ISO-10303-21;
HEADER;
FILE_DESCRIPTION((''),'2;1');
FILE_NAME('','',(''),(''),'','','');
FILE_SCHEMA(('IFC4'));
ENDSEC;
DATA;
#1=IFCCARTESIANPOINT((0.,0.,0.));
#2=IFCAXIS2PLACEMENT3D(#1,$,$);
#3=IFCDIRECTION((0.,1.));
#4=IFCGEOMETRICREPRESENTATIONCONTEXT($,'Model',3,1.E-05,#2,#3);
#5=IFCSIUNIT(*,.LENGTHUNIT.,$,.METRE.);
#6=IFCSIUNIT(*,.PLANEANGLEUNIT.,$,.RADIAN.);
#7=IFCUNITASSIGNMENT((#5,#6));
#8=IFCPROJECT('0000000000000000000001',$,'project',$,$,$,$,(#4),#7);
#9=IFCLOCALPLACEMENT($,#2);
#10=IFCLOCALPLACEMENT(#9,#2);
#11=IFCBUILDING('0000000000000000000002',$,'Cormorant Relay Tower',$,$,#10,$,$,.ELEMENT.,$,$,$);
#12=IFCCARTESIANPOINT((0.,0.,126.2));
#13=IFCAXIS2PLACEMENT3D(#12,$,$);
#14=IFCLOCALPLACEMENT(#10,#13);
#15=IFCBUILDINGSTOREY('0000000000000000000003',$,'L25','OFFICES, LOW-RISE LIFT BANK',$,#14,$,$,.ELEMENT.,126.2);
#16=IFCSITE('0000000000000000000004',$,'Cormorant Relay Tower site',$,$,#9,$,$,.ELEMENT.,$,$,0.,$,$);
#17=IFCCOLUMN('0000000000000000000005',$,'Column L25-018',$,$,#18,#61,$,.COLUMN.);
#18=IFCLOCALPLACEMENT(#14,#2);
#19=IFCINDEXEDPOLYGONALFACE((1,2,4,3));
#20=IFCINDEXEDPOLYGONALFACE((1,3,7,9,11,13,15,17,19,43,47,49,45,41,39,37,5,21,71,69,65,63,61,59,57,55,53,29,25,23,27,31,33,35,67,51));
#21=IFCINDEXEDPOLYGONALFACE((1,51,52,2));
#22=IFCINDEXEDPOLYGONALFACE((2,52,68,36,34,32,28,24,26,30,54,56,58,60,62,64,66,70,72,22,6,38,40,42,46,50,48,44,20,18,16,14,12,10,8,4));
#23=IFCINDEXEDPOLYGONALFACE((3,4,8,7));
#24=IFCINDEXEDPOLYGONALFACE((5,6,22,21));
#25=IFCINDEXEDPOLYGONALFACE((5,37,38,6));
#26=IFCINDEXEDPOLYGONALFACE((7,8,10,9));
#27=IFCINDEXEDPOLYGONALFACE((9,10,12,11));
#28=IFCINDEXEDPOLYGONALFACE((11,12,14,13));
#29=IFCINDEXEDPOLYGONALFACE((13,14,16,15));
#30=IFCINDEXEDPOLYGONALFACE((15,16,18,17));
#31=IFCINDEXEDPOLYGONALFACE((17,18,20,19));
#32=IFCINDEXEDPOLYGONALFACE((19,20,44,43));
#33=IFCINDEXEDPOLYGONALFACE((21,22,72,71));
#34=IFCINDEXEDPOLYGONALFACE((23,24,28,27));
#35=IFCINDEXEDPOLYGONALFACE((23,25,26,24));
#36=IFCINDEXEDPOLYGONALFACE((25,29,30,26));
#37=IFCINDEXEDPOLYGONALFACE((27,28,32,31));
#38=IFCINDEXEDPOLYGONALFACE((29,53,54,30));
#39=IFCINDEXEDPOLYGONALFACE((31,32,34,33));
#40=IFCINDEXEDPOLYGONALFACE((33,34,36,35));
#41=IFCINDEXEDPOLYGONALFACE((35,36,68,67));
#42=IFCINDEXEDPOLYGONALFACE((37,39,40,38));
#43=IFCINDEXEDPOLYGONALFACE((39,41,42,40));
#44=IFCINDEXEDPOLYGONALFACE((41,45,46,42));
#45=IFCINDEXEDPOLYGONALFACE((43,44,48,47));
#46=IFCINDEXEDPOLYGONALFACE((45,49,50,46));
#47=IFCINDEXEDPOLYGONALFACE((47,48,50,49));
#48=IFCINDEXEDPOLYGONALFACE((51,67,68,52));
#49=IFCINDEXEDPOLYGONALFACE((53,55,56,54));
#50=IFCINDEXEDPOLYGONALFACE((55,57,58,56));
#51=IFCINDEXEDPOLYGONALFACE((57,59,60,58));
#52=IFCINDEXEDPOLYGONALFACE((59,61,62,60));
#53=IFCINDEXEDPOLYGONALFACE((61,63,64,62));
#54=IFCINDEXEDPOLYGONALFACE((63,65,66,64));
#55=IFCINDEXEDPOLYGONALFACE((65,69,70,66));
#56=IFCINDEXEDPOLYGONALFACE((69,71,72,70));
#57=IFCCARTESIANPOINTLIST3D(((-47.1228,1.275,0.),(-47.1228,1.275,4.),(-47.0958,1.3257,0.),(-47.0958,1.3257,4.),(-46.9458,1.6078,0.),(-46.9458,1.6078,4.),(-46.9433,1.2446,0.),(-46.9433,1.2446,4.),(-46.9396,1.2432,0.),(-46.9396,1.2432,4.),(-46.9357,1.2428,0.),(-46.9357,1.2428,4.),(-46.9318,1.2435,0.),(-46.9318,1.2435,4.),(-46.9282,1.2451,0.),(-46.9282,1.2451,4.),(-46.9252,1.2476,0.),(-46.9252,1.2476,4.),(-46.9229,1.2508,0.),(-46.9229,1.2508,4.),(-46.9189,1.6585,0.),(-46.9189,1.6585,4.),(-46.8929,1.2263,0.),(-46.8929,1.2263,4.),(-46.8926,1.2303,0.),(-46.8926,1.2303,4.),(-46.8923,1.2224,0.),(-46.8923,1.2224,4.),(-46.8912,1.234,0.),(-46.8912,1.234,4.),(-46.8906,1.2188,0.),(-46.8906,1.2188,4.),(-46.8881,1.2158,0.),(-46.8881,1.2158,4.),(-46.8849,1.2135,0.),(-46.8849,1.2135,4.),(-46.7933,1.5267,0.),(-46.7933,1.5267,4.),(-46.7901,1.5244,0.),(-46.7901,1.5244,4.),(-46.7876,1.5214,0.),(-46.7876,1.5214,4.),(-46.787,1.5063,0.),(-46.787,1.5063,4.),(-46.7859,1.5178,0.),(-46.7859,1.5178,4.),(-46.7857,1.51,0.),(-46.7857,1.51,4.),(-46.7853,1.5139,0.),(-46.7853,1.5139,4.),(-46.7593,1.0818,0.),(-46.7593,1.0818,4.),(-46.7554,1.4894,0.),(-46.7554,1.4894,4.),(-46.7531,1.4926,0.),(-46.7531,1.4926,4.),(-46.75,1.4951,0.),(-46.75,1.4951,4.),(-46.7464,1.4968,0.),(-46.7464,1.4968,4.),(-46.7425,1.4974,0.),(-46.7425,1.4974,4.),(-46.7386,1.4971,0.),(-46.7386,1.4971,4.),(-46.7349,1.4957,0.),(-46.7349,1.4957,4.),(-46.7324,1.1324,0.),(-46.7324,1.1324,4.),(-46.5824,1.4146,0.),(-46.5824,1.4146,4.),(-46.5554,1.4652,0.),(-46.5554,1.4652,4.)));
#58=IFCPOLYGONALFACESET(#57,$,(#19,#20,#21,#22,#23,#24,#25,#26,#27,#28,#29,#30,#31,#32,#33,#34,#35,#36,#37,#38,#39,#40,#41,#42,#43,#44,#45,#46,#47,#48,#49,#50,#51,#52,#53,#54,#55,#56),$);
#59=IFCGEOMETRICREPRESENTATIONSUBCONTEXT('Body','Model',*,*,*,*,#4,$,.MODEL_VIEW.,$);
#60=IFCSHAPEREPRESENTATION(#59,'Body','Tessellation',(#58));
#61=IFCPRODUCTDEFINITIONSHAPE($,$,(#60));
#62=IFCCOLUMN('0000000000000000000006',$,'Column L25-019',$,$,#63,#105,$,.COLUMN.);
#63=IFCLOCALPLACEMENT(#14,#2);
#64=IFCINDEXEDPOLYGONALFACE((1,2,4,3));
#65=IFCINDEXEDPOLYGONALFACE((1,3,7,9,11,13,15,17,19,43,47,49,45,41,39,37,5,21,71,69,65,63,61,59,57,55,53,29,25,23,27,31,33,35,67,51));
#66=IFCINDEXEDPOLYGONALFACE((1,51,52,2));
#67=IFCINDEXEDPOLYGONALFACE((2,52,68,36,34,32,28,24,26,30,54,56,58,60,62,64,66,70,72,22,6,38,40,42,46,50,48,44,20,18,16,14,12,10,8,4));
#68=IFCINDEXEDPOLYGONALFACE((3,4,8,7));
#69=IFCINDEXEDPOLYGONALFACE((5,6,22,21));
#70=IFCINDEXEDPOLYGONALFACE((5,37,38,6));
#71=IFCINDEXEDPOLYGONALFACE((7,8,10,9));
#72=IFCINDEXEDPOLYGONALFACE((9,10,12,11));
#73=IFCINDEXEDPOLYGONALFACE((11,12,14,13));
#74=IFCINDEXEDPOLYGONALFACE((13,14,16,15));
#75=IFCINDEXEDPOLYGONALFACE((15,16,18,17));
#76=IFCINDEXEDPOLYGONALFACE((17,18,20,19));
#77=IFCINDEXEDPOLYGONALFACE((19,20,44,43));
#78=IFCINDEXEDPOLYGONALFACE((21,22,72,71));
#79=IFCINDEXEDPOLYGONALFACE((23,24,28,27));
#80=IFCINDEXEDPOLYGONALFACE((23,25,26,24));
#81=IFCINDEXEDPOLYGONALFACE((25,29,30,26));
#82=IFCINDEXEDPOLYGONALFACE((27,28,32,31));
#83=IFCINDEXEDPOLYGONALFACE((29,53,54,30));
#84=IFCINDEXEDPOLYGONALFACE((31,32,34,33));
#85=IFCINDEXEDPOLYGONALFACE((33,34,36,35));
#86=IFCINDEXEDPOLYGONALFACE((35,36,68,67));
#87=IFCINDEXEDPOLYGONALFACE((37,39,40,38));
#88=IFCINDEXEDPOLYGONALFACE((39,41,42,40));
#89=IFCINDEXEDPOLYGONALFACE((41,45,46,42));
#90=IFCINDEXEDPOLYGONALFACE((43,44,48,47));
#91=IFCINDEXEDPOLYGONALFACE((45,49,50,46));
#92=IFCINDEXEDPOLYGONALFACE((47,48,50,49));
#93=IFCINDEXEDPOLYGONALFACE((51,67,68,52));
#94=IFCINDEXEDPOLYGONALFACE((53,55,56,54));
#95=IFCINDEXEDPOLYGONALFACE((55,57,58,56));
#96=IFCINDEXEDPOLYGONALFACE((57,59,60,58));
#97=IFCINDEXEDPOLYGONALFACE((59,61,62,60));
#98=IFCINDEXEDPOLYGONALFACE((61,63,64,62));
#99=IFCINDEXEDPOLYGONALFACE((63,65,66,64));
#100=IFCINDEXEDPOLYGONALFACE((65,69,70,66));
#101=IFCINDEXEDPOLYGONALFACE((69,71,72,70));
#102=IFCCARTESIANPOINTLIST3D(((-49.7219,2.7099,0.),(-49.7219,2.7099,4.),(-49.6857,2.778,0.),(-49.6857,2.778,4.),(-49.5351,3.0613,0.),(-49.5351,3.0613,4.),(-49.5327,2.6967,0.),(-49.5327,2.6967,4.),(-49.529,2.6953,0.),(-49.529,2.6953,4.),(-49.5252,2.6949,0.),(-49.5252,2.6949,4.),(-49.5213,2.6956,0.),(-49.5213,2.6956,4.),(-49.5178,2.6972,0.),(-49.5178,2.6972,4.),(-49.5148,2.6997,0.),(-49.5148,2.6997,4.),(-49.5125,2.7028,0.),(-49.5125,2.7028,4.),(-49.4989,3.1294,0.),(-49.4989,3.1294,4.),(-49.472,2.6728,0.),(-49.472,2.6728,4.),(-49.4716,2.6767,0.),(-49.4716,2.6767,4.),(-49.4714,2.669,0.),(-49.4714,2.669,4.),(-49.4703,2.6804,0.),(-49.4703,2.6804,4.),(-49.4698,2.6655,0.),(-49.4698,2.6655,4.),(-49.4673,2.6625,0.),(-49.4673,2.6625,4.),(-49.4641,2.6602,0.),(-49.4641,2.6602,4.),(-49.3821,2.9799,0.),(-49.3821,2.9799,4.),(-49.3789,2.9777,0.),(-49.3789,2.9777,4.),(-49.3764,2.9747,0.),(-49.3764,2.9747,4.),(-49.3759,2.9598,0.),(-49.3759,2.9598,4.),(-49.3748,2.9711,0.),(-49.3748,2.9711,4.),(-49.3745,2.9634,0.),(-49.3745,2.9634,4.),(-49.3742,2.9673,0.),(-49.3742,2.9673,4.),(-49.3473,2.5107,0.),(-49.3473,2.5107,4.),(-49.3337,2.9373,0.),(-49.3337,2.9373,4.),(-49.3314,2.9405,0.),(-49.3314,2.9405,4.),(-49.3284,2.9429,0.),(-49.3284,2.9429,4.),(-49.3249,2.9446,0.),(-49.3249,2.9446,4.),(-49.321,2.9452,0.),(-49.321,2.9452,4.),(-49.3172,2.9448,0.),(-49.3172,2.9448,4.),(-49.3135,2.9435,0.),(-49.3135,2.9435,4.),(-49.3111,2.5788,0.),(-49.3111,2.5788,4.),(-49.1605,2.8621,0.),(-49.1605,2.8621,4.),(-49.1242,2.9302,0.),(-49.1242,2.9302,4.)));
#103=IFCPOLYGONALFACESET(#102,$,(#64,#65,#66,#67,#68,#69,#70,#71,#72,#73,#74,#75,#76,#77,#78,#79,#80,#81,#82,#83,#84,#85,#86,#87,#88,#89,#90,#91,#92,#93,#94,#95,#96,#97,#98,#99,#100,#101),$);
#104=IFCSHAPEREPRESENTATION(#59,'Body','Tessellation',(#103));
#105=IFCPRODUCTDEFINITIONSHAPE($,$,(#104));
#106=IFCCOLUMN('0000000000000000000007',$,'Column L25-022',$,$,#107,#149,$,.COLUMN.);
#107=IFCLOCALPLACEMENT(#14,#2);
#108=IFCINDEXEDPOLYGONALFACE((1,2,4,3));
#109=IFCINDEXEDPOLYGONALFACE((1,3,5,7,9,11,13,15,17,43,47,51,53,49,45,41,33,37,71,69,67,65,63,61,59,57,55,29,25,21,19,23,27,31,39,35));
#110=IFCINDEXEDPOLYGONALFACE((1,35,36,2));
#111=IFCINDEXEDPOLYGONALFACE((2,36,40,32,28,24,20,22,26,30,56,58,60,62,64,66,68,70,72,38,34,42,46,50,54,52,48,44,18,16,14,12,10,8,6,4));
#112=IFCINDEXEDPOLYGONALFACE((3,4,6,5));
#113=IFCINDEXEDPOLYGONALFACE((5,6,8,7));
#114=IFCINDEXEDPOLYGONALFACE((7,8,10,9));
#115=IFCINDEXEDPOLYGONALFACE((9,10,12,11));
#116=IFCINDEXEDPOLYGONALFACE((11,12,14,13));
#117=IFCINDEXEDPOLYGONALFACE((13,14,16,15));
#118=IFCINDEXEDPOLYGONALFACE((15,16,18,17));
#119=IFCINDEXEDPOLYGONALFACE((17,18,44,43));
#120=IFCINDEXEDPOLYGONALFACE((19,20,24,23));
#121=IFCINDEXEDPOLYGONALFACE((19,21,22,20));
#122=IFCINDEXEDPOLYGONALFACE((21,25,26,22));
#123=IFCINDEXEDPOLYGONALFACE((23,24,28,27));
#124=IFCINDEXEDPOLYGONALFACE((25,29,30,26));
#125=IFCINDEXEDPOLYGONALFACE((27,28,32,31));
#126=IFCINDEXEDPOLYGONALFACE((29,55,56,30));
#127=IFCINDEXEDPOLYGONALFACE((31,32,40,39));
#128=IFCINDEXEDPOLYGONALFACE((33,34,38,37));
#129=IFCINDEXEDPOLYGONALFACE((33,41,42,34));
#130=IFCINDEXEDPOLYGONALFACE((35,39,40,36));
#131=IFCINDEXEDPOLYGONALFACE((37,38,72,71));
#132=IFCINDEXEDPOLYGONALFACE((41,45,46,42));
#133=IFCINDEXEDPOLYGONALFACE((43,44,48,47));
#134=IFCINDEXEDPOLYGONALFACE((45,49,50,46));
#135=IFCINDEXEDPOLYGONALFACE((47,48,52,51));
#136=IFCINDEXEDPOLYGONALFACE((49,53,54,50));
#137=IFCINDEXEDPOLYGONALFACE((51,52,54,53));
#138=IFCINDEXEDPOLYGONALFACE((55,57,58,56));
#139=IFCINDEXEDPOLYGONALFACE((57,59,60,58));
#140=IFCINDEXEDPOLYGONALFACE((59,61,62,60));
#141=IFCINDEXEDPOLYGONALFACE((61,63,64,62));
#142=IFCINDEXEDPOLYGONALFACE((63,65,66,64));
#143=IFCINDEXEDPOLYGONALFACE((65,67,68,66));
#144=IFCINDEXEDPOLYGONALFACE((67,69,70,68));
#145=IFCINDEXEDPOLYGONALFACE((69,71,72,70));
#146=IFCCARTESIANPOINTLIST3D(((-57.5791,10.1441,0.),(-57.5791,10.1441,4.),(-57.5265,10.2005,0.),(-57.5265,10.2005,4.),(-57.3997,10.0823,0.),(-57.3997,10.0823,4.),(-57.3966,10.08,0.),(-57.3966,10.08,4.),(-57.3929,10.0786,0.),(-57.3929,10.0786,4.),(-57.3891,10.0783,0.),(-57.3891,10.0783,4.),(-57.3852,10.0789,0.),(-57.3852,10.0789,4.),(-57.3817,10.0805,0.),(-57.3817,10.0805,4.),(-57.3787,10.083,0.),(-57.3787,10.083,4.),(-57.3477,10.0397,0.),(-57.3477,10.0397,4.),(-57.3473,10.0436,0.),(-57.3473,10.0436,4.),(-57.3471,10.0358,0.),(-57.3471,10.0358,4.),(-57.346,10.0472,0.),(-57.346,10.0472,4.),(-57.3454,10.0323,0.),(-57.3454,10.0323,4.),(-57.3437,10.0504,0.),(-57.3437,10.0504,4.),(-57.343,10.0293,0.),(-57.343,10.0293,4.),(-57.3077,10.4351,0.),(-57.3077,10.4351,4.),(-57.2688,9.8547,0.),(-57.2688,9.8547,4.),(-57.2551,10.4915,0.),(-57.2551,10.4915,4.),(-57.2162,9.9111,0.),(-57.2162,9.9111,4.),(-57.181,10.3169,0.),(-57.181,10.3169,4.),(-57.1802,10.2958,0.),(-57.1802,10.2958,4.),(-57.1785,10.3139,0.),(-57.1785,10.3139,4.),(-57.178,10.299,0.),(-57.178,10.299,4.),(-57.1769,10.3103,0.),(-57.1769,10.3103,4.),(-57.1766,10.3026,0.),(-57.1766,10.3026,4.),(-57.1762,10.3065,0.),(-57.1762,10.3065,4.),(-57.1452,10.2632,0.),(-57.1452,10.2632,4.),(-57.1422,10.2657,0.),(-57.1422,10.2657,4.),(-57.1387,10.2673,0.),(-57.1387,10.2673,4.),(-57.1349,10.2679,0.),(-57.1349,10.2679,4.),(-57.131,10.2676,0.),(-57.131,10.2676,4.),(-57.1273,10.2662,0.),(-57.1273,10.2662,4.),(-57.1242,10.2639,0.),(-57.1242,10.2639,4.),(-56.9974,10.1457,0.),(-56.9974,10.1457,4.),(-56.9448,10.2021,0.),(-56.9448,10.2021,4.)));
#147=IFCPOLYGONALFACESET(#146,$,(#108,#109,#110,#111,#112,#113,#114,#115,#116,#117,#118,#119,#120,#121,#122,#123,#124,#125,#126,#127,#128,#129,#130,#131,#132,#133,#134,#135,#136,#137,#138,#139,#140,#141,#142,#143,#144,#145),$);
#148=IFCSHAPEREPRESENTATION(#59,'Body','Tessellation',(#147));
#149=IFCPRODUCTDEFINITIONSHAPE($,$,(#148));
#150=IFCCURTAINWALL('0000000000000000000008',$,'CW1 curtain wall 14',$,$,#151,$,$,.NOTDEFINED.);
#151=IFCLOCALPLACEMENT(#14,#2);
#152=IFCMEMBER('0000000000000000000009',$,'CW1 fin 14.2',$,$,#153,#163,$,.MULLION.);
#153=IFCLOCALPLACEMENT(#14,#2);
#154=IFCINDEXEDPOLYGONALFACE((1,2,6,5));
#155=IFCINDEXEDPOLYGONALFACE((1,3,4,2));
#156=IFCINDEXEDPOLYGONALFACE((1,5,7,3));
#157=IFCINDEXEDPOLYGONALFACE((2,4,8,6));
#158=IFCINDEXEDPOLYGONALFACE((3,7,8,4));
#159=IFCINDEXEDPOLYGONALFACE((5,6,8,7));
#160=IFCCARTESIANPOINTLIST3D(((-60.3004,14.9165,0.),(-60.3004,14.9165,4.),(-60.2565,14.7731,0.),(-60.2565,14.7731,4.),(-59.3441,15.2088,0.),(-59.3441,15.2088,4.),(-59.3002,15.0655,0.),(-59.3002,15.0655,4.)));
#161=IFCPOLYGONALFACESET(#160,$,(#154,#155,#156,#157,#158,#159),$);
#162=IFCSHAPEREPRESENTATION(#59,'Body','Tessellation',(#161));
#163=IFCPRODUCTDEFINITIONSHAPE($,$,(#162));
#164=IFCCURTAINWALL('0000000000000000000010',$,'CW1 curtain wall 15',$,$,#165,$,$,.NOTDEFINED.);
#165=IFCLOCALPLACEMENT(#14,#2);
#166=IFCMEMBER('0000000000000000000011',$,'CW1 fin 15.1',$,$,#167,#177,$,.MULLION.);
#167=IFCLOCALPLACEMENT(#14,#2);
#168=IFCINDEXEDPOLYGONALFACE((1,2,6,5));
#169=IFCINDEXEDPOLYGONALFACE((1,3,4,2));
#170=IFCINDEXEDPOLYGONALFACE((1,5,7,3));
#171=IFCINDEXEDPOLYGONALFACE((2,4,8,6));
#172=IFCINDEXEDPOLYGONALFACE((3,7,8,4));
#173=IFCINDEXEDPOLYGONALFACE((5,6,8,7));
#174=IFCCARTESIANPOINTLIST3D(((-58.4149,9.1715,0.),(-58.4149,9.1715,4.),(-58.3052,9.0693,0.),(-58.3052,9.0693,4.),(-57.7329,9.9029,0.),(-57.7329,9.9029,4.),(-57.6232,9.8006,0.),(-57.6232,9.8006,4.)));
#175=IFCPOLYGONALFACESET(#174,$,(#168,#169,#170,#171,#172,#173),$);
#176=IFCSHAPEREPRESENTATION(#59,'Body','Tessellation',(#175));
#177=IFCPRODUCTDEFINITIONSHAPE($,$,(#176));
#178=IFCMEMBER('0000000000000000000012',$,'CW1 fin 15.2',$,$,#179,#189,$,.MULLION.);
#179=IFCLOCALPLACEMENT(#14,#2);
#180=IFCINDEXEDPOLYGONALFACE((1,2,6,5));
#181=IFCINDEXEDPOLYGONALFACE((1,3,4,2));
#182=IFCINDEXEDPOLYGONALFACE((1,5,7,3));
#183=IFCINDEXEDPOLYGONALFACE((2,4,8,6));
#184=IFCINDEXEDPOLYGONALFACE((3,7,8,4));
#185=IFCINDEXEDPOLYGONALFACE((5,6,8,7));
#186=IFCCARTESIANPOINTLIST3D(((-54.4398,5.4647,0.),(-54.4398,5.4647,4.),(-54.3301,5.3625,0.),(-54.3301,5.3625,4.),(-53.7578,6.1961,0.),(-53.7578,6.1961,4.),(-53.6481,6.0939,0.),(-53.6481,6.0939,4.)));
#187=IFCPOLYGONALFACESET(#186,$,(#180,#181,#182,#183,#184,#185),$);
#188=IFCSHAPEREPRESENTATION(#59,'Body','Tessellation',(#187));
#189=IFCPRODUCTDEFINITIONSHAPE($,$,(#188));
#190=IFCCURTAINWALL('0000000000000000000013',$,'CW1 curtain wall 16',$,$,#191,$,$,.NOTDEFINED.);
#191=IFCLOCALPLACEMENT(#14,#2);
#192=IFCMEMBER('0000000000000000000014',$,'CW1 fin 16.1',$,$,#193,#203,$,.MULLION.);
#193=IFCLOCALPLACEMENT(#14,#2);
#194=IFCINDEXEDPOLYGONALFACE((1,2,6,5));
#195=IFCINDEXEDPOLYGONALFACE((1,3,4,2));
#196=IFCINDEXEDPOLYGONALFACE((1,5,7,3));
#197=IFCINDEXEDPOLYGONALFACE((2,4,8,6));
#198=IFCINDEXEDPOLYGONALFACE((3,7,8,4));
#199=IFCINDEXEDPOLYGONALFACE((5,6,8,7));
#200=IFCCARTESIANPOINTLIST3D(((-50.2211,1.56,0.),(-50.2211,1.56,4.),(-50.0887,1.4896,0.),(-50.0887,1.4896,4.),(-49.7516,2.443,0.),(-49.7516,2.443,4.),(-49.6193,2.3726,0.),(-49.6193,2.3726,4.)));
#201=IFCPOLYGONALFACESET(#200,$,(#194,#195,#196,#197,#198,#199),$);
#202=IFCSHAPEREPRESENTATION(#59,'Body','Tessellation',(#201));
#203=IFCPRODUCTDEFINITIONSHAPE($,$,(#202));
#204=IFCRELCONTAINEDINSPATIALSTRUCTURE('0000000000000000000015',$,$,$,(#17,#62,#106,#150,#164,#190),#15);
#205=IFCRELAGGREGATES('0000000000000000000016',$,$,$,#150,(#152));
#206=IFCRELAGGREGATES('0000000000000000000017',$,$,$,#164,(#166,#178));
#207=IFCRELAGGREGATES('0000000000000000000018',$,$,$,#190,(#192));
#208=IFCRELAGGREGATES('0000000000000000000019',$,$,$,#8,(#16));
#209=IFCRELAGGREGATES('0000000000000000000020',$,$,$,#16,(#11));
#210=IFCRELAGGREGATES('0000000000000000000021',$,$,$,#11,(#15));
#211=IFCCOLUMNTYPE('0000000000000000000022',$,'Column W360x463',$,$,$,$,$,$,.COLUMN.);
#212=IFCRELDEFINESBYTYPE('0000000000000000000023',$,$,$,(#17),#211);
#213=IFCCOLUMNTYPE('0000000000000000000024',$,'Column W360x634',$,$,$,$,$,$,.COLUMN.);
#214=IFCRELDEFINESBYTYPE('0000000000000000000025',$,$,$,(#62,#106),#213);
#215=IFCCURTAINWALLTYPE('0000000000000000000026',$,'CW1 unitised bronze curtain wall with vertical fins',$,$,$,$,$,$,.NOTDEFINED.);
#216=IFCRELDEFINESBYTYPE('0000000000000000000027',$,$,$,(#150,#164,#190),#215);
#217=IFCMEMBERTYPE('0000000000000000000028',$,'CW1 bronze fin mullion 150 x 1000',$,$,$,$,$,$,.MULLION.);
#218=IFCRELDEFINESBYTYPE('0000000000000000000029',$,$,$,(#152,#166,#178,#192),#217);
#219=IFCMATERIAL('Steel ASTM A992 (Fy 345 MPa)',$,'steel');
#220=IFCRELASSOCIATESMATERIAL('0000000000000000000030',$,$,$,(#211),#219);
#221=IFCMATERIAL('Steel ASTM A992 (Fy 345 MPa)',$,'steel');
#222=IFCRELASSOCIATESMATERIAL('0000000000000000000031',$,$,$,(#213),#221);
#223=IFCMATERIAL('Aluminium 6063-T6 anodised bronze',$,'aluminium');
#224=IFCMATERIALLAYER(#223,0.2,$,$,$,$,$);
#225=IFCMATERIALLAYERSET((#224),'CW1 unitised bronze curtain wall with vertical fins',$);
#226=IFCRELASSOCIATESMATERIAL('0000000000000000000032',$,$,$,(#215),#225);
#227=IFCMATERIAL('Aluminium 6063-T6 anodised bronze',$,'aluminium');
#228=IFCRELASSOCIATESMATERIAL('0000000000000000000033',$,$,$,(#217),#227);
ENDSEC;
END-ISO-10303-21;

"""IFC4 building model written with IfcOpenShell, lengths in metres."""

from ifc_helpers import new_model, si_unit, direction, frame, origin, origin_2d, place, context, subcontext, project, spatial, rectangle, i_section, extrude, material, layer, layer_set, material_profile, profile_set, type_object, element, aggregate, save


model = new_model("IFC4")

# Units and contexts
model_context = context("Model", 3, precision=1e-05, world=origin(), true_north=direction((0.0, 1.0)))
body_context = subcontext(model_context, "Body", "Model", "MODEL_VIEW")
ifc_project = project(units=[si_unit("LENGTHUNIT", "METRE"), si_unit("PLANEANGLEUNIT", "RADIAN")], contexts=[model_context])

# Site, building, storey
site_placement = place(None, origin())
site = spatial("IfcSite", under=ifc_project, at=site_placement, Name="Cormorant Relay Tower site", CompositionType="ELEMENT", RefElevation=0.0)
building_placement = place(site_placement, origin())
building = spatial("IfcBuilding", under=site, at=building_placement, Name="Cormorant Relay Tower", CompositionType="ELEMENT")
storey_placement = place(building_placement, frame((0.0, 0.0, 126.2)))
storey = spatial("IfcBuildingStorey", under=building, at=storey_placement, Name="L25", Description="OFFICES, LOW-RISE LIFT BANK", CompositionType="ELEMENT", Elevation=126.2)

# Columns
ifc_material_1 = material(Name="Steel ASTM A992 (Fy 345 MPa)", Category="steel")
ifc_material_profile_1 = material_profile(ifc_material_1, i_section(OverallWidth=0.4116, OverallDepth=0.4343, WebThickness=0.0359, FlangeThickness=0.0574, FilletRadius=0.0151, at=origin_2d()), Name="W360x463")
ifc_profile_set_1 = profile_set([ifc_material_profile_1], Name="Steel ASTM A992 (Fy 345 MPa)")
column_type_1 = type_object("IfcColumnType", Name="Column W360x463", PredefinedType="COLUMN", material=ifc_profile_set_1)
column_placement = place(storey_placement, frame((-46.8391, 1.3701, 0.0), z_axis=(0.0, 0.0, 1.0), x_axis=(0.882948, -0.469472, 0.0)))
element("IfcColumn", 1, at=column_placement, inside=storey, type_object=column_type_1, Name="Column L25-018", PredefinedType="COLUMN", context=body_context, shape_type="SweptSolid", body=[
    extrude(i_section(OverallWidth=0.4116, OverallDepth=0.4343, WebThickness=0.0359, FlangeThickness=0.0574, FilletRadius=0.0151, at=origin_2d()), origin(), (0.0, 0.0, 1.0), 4.0),
])
ifc_material_2 = material(Name="Steel ASTM A992 (Fy 345 MPa)", Category="steel")
ifc_material_profile_2 = material_profile(ifc_material_2, i_section(OverallWidth=0.4243, OverallDepth=0.4751, WebThickness=0.0479, FlangeThickness=0.0771, FilletRadius=0.0149, at=origin_2d()), Name="W360x634")
ifc_profile_set_2 = profile_set([ifc_material_profile_2], Name="Steel ASTM A992 (Fy 345 MPa)")
column_type_2 = type_object("IfcColumnType", Name="Column W360x634", PredefinedType="COLUMN", material=ifc_profile_set_2)
for number, where, z_axis, x_axis, name in (
    (2, (-49.4231, 2.8201, 0.0), (0.0, 0.0, 1.0), (0.882948, -0.469472, 0.0), "Column L25-019"),
    (3, (-57.262, 10.1731, 0.0), (0.0, 0.0, 1.0), (0.731354, -0.681998, 0.0), "Column L25-022"),
):
    element("IfcColumn", number, at=place(storey_placement, frame(where, z_axis=z_axis, x_axis=x_axis)), inside=storey, type_object=column_type_2, Name=name, PredefinedType="COLUMN", context=body_context, shape_type="SweptSolid", body=[
        extrude(i_section(OverallWidth=0.4243, OverallDepth=0.4751, WebThickness=0.0479, FlangeThickness=0.0771, FilletRadius=0.0149, at=origin_2d()), origin(), (0.0, 0.0, 1.0), 4.0),
    ])

# Curtain wall, member
ifc_material_3 = material(Name="Aluminium 6063-T6 anodised bronze", Category="aluminium")
ifc_layer_1 = layer(ifc_material_3, 0.2)
ifc_layer_set_1 = layer_set([ifc_layer_1], Name="CW1 unitised bronze curtain wall with vertical fins")
curtain_wall_type = type_object("IfcCurtainWallType", Name="CW1 unitised bronze curtain wall with vertical fins", PredefinedType="NOTDEFINED", material=ifc_layer_set_1)
curtain_wall_1_placement = place(storey_placement, origin())
curtain_wall_1 = element("IfcCurtainWall", 4, at=curtain_wall_1_placement, inside=storey, type_object=curtain_wall_type, Name="CW1 curtain wall 14", PredefinedType="NOTDEFINED")
ifc_material_4 = material(Name="Aluminium 6063-T6 anodised bronze", Category="aluminium")
ifc_material_profile_3 = material_profile(ifc_material_4, rectangle(XDim=0.1499, YDim=1.0, at=origin_2d()), Name="AL 150x1000")
ifc_profile_set_3 = profile_set([ifc_material_profile_3], Name="Aluminium 6063-T6 anodised bronze")
member_type_1 = type_object("IfcMemberType", Name="CW1 bronze fin mullion 150 x 1000", PredefinedType="MULLION", material=ifc_profile_set_3)
member_1_placement = place(storey_placement, frame((-59.8003, 14.991, 0.0), z_axis=(0.0, 0.0, 1.0), x_axis=(0.292372, -0.956305, 0.0)))
member_1 = element("IfcMember", 5, at=member_1_placement, type_object=member_type_1, Name="CW1 fin 14.2", PredefinedType="MULLION", context=body_context, shape_type="SweptSolid", body=[
    extrude(rectangle(XDim=0.1499, YDim=1.0, at=origin_2d()), origin(), (0.0, 0.0, 1.0), 4.0),
])

# Curtain wall, members
curtain_wall_2_placement = place(storey_placement, origin())
curtain_wall_2 = element("IfcCurtainWall", 6, at=curtain_wall_2_placement, inside=storey, type_object=curtain_wall_type, Name="CW1 curtain wall 15", PredefinedType="NOTDEFINED")
member_2_placement = place(storey_placement, frame((-58.019, 9.4861, 0.0), z_axis=(0.0, 0.0, 1.0), x_axis=(0.731354, -0.681998, 0.0)))
member_2 = element("IfcMember", 7, at=member_2_placement, type_object=member_type_1, Name="CW1 fin 15.1", PredefinedType="MULLION", context=body_context, shape_type="SweptSolid", body=[
    extrude(rectangle(XDim=0.1499, YDim=1.0, at=origin_2d()), origin(), (0.0, 0.0, 1.0), 4.0),
])
member_3_placement = place(storey_placement, frame((-54.0439, 5.7793, 0.0), z_axis=(0.0, 0.0, 1.0), x_axis=(0.731354, -0.681998, 0.0)))
member_3 = element("IfcMember", 8, at=member_3_placement, type_object=member_type_1, Name="CW1 fin 15.2", PredefinedType="MULLION", context=body_context, shape_type="SweptSolid", body=[
    extrude(rectangle(XDim=0.1499, YDim=1.0, at=origin_2d()), origin(), (0.0, 0.0, 1.0), 4.0),
])

# Curtain wall, member
curtain_wall_3_placement = place(storey_placement, origin())
curtain_wall_3 = element("IfcCurtainWall", 9, at=curtain_wall_3_placement, inside=storey, type_object=curtain_wall_type, Name="CW1 curtain wall 16", PredefinedType="NOTDEFINED")
member_4_placement = place(storey_placement, frame((-49.9202, 1.9663, 0.0), z_axis=(0.0, 0.0, 1.0), x_axis=(0.882948, -0.469472, 0.0)))
member_4 = element("IfcMember", 10, at=member_4_placement, type_object=member_type_1, Name="CW1 fin 16.1", PredefinedType="MULLION", context=body_context, shape_type="SweptSolid", body=[
    extrude(rectangle(XDim=0.1499, YDim=1.0, at=origin_2d()), origin(), (0.0, 0.0, 1.0), 4.0),
])

aggregate(curtain_wall_1, [member_1])
aggregate(curtain_wall_2, [member_2, member_3])
aggregate(curtain_wall_3, [member_4])

save(model, "model.ifc")
